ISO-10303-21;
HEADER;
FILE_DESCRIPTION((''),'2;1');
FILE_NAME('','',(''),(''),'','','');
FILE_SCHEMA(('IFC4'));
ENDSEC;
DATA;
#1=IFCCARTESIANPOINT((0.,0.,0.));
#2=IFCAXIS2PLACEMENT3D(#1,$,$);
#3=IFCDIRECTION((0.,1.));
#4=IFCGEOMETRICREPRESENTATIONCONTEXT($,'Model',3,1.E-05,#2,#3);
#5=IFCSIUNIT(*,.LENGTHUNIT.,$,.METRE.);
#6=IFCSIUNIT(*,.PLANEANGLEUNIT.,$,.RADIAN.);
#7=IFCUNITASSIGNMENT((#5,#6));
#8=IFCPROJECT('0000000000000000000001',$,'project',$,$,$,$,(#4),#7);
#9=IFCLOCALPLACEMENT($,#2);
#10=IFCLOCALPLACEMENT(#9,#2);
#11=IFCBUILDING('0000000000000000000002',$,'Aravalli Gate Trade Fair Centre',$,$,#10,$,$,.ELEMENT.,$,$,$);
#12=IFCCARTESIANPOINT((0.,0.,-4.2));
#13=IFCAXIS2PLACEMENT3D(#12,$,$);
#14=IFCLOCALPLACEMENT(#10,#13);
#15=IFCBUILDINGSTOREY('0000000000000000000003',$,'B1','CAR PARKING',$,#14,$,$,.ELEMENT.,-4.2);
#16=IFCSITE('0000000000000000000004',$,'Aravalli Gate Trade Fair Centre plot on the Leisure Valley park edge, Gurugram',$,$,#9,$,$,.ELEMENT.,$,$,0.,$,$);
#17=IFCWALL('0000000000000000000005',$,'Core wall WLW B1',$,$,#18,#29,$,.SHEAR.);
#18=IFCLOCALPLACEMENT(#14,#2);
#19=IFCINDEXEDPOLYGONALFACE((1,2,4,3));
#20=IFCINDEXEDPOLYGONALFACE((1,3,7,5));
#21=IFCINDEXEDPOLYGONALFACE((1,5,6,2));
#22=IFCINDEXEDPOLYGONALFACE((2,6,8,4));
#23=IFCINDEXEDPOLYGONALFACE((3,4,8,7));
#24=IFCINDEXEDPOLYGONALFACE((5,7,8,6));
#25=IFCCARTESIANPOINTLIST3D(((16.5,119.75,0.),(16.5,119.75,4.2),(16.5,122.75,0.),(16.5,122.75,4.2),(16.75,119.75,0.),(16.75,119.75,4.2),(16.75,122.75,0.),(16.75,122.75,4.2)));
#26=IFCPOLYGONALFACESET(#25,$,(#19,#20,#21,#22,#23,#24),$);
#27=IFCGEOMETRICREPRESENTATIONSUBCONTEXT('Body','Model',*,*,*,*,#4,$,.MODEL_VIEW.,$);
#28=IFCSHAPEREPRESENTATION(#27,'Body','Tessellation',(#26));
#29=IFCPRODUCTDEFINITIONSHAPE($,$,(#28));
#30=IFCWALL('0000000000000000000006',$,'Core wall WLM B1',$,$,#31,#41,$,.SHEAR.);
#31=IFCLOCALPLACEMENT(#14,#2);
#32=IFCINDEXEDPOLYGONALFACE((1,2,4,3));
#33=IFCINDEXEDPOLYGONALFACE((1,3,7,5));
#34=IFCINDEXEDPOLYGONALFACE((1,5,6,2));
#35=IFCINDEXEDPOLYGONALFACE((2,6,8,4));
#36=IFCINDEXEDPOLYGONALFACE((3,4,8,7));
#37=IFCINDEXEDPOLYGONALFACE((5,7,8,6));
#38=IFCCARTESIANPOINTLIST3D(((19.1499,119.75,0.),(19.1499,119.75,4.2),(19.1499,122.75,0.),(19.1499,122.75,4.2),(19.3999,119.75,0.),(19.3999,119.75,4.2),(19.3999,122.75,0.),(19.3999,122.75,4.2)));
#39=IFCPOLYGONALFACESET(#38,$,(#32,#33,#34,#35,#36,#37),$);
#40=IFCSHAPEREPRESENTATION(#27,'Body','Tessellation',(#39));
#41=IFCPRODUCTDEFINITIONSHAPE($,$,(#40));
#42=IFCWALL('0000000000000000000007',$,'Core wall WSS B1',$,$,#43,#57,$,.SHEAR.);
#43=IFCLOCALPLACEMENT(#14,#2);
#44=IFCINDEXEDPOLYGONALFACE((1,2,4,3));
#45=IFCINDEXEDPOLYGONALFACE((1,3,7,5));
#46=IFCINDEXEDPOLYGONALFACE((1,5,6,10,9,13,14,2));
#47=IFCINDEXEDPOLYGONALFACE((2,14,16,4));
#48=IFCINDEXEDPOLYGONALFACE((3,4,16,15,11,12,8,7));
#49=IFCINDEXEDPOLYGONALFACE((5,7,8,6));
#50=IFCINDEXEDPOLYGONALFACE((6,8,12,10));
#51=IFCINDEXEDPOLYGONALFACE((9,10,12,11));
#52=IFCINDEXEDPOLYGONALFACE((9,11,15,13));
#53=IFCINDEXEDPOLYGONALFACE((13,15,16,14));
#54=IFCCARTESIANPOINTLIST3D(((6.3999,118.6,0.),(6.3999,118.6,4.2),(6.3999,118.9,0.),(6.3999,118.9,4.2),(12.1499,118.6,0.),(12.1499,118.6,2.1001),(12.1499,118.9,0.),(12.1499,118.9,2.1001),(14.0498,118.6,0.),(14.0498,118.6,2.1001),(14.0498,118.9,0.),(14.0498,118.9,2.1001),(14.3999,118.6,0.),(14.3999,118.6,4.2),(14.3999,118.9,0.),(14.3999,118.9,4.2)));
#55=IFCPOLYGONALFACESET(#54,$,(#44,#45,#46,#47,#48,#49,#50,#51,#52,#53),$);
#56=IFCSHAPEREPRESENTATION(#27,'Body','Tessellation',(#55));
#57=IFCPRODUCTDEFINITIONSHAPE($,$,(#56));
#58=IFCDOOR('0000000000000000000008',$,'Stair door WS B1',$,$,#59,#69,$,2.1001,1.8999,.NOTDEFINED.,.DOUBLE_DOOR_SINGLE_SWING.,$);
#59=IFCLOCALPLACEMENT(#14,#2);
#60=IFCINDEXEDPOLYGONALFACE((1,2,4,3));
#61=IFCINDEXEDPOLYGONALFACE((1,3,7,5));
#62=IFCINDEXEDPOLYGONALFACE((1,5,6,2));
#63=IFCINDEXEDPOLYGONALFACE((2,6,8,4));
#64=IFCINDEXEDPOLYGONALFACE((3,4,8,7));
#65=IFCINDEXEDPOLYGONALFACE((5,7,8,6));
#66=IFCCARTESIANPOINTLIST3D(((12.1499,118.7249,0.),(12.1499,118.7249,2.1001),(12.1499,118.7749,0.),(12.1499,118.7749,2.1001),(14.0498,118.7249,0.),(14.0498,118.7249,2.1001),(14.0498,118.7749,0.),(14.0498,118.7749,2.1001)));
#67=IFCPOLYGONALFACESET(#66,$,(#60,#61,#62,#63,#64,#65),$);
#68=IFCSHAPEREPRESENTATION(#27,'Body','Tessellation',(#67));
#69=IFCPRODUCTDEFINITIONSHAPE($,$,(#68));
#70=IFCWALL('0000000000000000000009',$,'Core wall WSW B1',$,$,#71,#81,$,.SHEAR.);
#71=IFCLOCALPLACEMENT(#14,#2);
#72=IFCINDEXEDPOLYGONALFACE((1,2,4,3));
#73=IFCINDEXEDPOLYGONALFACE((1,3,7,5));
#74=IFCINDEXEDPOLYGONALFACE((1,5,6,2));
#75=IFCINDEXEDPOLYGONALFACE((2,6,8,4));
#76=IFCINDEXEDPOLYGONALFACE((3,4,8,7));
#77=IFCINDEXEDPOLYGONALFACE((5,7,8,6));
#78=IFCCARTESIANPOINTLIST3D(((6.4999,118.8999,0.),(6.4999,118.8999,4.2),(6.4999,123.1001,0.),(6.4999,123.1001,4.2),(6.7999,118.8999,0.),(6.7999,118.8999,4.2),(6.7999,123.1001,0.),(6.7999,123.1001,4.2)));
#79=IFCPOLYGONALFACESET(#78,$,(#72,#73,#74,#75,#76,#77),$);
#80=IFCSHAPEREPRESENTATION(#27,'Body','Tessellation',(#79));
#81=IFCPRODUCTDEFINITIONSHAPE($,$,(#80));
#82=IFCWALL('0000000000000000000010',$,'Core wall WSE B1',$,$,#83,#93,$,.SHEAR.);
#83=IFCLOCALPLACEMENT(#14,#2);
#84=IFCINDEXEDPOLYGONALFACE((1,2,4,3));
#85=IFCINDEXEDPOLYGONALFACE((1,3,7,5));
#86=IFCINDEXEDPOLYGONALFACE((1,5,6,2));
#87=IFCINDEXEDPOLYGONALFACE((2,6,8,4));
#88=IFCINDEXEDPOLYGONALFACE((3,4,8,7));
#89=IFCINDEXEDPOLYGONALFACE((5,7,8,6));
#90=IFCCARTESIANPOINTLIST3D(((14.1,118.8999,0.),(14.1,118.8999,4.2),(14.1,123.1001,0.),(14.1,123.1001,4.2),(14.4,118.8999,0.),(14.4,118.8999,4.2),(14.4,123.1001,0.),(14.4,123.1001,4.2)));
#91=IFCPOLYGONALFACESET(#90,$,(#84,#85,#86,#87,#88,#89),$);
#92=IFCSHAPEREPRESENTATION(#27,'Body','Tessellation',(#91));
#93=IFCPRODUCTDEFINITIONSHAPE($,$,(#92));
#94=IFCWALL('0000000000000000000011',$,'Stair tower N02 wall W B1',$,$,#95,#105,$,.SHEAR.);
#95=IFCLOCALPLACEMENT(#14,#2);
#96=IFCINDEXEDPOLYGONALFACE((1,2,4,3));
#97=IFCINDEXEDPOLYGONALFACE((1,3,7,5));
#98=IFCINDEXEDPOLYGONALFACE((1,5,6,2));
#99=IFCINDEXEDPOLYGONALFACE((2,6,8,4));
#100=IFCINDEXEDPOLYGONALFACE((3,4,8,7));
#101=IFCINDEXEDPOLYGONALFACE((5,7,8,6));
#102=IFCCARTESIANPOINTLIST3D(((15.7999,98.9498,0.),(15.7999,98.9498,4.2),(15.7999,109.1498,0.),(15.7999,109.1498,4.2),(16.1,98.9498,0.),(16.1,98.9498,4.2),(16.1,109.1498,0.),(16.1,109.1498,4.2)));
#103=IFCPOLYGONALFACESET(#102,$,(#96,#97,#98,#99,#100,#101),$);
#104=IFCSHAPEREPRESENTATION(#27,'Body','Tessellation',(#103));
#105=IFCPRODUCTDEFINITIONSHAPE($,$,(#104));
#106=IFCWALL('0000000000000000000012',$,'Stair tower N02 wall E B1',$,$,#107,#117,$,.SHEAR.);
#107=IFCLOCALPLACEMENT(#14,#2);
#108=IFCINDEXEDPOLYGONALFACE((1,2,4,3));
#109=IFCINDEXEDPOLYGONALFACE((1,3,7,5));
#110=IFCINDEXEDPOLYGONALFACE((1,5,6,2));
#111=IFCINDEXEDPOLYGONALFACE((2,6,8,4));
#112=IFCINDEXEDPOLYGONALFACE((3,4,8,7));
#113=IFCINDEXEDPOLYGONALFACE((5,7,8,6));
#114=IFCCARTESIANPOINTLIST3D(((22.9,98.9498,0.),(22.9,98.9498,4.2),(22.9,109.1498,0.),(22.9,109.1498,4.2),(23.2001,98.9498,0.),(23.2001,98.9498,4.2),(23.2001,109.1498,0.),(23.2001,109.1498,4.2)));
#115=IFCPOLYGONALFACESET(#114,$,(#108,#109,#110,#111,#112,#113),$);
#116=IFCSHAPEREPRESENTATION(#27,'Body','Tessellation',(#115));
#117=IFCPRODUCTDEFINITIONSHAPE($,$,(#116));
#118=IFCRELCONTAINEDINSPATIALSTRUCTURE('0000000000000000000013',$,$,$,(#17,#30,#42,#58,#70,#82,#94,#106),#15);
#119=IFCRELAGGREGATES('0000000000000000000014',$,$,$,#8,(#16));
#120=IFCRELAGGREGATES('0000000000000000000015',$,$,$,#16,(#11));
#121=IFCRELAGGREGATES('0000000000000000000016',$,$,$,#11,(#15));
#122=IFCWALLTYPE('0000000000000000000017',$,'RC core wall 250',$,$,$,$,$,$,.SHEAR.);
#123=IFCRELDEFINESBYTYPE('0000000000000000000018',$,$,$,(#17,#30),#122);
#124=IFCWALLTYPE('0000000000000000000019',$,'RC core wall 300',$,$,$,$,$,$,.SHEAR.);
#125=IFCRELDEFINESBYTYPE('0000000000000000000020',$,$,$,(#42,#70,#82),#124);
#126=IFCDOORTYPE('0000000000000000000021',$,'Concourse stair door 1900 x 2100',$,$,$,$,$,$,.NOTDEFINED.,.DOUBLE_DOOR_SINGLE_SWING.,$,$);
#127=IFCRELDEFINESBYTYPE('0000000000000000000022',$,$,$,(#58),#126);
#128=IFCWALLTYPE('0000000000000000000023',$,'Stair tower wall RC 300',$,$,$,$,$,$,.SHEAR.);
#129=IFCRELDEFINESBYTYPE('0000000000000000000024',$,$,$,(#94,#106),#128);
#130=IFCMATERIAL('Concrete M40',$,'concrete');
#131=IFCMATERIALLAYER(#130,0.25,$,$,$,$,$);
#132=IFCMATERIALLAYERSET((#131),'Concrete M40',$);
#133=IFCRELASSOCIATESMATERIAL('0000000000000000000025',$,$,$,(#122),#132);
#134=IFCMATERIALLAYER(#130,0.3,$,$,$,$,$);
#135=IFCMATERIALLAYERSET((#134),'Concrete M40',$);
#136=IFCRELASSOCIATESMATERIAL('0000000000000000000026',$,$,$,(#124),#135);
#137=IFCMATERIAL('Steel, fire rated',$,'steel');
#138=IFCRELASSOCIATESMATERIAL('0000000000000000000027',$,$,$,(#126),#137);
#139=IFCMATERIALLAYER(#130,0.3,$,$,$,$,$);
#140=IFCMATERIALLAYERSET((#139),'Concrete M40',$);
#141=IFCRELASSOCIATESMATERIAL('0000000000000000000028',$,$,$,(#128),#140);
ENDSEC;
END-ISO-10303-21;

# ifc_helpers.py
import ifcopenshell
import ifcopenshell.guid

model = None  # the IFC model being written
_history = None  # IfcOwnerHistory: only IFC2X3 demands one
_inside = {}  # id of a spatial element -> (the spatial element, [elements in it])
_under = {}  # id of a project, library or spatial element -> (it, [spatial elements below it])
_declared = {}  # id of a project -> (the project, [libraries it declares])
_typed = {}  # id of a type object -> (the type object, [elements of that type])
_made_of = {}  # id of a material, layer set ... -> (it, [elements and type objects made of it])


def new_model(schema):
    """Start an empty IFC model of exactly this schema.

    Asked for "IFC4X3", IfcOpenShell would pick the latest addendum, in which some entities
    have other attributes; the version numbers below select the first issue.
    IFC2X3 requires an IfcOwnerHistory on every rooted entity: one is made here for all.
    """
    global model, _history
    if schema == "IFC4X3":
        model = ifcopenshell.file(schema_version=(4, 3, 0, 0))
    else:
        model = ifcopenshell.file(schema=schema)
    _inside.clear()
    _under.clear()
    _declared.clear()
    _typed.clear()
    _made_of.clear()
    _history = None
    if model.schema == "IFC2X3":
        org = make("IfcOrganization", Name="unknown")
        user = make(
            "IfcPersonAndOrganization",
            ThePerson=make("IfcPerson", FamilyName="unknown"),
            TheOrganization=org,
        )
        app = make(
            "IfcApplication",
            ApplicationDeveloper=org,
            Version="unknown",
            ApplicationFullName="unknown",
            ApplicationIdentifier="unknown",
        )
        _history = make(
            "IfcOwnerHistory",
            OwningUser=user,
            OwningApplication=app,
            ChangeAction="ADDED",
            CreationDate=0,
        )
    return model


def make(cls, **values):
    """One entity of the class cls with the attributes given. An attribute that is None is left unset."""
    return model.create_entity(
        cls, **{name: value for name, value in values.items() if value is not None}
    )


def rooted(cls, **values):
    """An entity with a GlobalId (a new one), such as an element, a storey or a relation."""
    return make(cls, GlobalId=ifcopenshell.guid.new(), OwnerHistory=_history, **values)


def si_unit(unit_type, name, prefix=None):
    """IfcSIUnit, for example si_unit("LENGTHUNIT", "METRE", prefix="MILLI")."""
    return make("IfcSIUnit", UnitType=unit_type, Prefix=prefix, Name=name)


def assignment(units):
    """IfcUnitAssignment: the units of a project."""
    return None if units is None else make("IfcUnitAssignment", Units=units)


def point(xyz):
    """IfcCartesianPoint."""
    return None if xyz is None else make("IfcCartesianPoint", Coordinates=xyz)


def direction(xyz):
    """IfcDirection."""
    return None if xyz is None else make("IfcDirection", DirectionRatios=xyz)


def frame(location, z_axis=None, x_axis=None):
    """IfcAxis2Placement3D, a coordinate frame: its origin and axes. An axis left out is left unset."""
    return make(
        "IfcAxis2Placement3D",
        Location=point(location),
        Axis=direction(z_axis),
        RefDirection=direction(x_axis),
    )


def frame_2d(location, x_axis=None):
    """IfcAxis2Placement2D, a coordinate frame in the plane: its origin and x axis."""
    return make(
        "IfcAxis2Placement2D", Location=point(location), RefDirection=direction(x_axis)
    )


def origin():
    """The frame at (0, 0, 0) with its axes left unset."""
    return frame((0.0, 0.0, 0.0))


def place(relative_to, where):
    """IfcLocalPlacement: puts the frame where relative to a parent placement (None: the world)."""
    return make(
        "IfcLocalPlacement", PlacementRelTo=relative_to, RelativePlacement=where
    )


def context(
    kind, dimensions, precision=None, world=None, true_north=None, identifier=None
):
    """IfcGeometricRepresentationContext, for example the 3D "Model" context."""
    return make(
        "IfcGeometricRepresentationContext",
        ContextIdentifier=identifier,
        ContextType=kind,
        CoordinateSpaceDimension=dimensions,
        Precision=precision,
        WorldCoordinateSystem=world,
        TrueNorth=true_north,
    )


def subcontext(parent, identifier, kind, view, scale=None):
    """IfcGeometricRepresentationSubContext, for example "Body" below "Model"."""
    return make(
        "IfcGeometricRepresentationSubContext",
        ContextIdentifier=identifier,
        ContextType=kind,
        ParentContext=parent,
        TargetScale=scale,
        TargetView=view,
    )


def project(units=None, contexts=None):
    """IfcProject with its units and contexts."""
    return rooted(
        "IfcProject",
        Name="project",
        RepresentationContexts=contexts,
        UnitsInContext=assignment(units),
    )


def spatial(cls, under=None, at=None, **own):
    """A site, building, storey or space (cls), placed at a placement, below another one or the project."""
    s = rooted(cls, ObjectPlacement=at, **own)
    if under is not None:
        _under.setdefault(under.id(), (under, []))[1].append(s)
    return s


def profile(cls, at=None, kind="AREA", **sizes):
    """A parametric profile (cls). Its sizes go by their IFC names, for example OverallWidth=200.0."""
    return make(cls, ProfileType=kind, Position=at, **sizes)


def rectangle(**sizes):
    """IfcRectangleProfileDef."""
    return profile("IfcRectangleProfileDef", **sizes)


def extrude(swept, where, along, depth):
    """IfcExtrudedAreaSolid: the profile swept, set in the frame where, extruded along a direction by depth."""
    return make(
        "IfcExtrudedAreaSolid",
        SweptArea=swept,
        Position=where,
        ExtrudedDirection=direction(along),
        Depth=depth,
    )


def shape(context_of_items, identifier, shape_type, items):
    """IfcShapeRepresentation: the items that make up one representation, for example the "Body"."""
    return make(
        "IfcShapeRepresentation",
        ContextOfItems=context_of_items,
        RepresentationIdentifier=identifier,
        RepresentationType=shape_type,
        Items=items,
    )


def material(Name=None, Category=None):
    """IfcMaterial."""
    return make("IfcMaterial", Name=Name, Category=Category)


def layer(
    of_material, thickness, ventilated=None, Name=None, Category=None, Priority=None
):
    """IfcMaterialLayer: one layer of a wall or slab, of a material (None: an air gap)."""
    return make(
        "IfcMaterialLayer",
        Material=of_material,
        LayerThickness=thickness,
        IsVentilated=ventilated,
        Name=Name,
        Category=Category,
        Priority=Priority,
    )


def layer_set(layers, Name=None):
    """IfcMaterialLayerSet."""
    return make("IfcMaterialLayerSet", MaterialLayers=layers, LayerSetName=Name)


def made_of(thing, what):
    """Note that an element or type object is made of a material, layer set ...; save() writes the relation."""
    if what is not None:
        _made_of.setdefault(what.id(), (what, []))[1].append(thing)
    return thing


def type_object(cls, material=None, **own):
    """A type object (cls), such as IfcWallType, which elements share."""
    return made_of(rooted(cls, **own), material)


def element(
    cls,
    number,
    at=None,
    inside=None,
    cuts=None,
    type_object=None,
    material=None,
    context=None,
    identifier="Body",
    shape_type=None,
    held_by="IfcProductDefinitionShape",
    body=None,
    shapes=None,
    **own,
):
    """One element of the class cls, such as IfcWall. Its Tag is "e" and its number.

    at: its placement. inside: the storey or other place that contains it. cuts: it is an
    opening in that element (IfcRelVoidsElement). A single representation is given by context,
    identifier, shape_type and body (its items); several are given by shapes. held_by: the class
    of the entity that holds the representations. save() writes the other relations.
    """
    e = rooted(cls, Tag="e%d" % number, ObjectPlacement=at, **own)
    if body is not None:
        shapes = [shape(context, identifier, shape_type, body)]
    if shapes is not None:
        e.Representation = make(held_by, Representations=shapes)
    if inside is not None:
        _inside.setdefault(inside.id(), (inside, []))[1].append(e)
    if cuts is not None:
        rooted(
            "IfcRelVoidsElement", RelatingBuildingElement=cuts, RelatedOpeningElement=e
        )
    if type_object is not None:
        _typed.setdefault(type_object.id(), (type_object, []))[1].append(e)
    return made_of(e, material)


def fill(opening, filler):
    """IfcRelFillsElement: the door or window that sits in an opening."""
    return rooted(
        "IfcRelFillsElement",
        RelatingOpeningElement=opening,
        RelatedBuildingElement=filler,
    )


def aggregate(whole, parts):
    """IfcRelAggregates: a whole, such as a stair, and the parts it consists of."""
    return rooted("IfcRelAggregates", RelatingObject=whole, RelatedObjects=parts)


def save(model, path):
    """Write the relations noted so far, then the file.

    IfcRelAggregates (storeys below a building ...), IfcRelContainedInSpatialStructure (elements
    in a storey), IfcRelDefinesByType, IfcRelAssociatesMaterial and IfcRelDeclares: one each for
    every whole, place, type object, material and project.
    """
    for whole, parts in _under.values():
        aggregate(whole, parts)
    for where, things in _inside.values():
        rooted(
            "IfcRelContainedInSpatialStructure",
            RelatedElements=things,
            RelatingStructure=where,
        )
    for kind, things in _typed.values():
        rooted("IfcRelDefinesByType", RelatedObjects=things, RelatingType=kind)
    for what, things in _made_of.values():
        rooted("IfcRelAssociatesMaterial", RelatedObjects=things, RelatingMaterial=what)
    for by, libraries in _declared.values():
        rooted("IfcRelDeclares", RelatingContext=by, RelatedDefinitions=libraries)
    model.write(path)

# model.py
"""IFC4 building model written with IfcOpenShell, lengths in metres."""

from ifc_helpers import new_model, si_unit, direction, frame, frame_2d, origin, place, context, subcontext, project, spatial, rectangle, extrude, material, layer, layer_set, type_object, element, fill, save


model = new_model("IFC4")

# Units and contexts
model_context = context("Model", 3, precision=1e-05, world=origin(), true_north=direction((0.0, 1.0)))
body_context = subcontext(model_context, "Body", "Model", "MODEL_VIEW")
ifc_project = project(units=[si_unit("LENGTHUNIT", "METRE"), si_unit("PLANEANGLEUNIT", "RADIAN")], contexts=[model_context])

# Site, building, storey
site_placement = place(None, origin())
site = spatial("IfcSite", under=ifc_project, at=site_placement, Name="Aravalli Gate Trade Fair Centre plot on the Leisure Valley park edge, Gurugram", CompositionType="ELEMENT", RefElevation=0.0)
building_placement = place(site_placement, origin())
building = spatial("IfcBuilding", under=site, at=building_placement, Name="Aravalli Gate Trade Fair Centre", CompositionType="ELEMENT")
storey_placement = place(building_placement, frame((0.0, 0.0, -4.2)))
storey = spatial("IfcBuildingStorey", under=building, at=storey_placement, Name="B1", Description="CAR PARKING", CompositionType="ELEMENT", Elevation=-4.2)

# Shared definitions
ifc_material_1 = material(Name="Concrete M40", Category="concrete")

# Shared definitions
ifc_layer_1 = layer(ifc_material_1, 0.25)
ifc_layer_set_1 = layer_set([ifc_layer_1], Name="Concrete M40")
wall_type_1 = type_object("IfcWallType", Name="RC core wall 250", PredefinedType="SHEAR", material=ifc_layer_set_1)
ifc_material_2 = material(Name="Steel, fire rated", Category="steel")

# Walls
for number, where, z_axis, x_axis, name in (
    (1, (16.625, 119.75, 0.0), (0.0, 0.0, 1.0), (0.0, 1.0, 0.0), "Core wall WLW B1"),
    (2, (19.2749, 119.75, 0.0), (0.0, 0.0, 1.0), (0.0, 1.0, 0.0), "Core wall WLM B1"),
):
    element("IfcWall", number, at=place(storey_placement, frame(where, z_axis=z_axis, x_axis=x_axis)), inside=storey, type_object=wall_type_1, Name=name, PredefinedType="SHEAR", context=body_context, shape_type="SweptSolid", body=[
        extrude(rectangle(XDim=3.0, YDim=0.25, at=frame_2d((1.5, 0.0))), origin(), (0.0, 0.0, 1.0), 4.2),
    ])

# Wall, opening, door
ifc_layer_2 = layer(ifc_material_1, 0.3)
ifc_layer_set_2 = layer_set([ifc_layer_2], Name="Concrete M40")
wall_type_2 = type_object("IfcWallType", Name="RC core wall 300", PredefinedType="SHEAR", material=ifc_layer_set_2)
wall_1_placement = place(storey_placement, frame((6.3999, 118.75, 0.0), z_axis=(0.0, 0.0, 1.0), x_axis=(1.0, 0.0, 0.0)))
wall_1 = element("IfcWall", 3, at=wall_1_placement, inside=storey, type_object=wall_type_2, Name="Core wall WSS B1", PredefinedType="SHEAR", context=body_context, shape_type="SweptSolid", body=[
    extrude(rectangle(XDim=8.0, YDim=0.3, at=frame_2d((4.0, 0.0))), origin(), (0.0, 0.0, 1.0), 4.2),
])
opening_1_placement = place(wall_1_placement, frame((5.75, 0.0, 0.0)))
opening_1 = element("IfcOpeningElement", 4, at=opening_1_placement, cuts=wall_1, PredefinedType="OPENING", context=body_context, shape_type="SweptSolid", body=[
    extrude(rectangle(XDim=1.8999, YDim=2.1001, at=frame_2d((0.95, 1.05))), frame((0.0, 0.1599, 0.0), z_axis=(0.0, -1.0, 0.0), x_axis=(1.0, 0.0, 0.0)), (0.0, 0.0, 1.0), 0.3201),
])
door_type_1 = type_object("IfcDoorType", Name="Concourse stair door 1900 x 2100", OperationType="DOUBLE_DOOR_SINGLE_SWING", PredefinedType="NOTDEFINED", material=ifc_material_2)
door_1_placement = place(opening_1_placement, origin())
door_1 = element("IfcDoor", 5, at=door_1_placement, inside=storey, type_object=door_type_1, Name="Stair door WS B1", OperationType="DOUBLE_DOOR_SINGLE_SWING", OverallHeight=2.1001, OverallWidth=1.8999, PredefinedType="NOTDEFINED", context=body_context, shape_type="SweptSolid", body=[
    extrude(rectangle(XDim=1.8999, YDim=2.1001, at=frame_2d((0.95, 1.05))), frame((0.0, 0.0249, 0.0), z_axis=(0.0, -1.0, 0.0), x_axis=(1.0, 0.0, 0.0)), (0.0, 0.0, 1.0), 0.05),
])
fill(opening_1, door_1)

# Walls
for number, where, z_axis, x_axis, name in (
    (6, (6.6499, 118.8999, 0.0), (0.0, 0.0, 1.0), (0.0, 1.0, 0.0), "Core wall WSW B1"),
    (7, (14.25, 118.8999, 0.0), (0.0, 0.0, 1.0), (0.0, 1.0, 0.0), "Core wall WSE B1"),
):
    element("IfcWall", number, at=place(storey_placement, frame(where, z_axis=z_axis, x_axis=x_axis)), inside=storey, type_object=wall_type_2, Name=name, PredefinedType="SHEAR", context=body_context, shape_type="SweptSolid", body=[
        extrude(rectangle(XDim=4.2002, YDim=0.3, at=frame_2d((2.1001, 0.0))), origin(), (0.0, 0.0, 1.0), 4.2),
    ])
ifc_layer_3 = layer(ifc_material_1, 0.3)
ifc_layer_set_3 = layer_set([ifc_layer_3], Name="Concrete M40")
wall_type_3 = type_object("IfcWallType", Name="Stair tower wall RC 300", PredefinedType="SHEAR", material=ifc_layer_set_3)
for number, where, z_axis, x_axis, name in (
    (8, (15.95, 109.1499, 0.0), (0.0, 0.0, 1.0), (0.0, -1.0, 0.0), "Stair tower N02 wall W B1"),
    (9, (23.05, 109.1499, 0.0), (0.0, 0.0, 1.0), (0.0, -1.0, 0.0), "Stair tower N02 wall E B1"),
):
    element("IfcWall", number, at=place(storey_placement, frame(where, z_axis=z_axis, x_axis=x_axis)), inside=storey, type_object=wall_type_3, Name=name, PredefinedType="SHEAR", context=body_context, shape_type="SweptSolid", body=[
        extrude(rectangle(XDim=10.2, YDim=0.3, at=frame_2d((5.1001, 0.0))), origin(), (0.0, 0.0, 1.0), 4.2),
    ])

save(model, "model.ifc")
